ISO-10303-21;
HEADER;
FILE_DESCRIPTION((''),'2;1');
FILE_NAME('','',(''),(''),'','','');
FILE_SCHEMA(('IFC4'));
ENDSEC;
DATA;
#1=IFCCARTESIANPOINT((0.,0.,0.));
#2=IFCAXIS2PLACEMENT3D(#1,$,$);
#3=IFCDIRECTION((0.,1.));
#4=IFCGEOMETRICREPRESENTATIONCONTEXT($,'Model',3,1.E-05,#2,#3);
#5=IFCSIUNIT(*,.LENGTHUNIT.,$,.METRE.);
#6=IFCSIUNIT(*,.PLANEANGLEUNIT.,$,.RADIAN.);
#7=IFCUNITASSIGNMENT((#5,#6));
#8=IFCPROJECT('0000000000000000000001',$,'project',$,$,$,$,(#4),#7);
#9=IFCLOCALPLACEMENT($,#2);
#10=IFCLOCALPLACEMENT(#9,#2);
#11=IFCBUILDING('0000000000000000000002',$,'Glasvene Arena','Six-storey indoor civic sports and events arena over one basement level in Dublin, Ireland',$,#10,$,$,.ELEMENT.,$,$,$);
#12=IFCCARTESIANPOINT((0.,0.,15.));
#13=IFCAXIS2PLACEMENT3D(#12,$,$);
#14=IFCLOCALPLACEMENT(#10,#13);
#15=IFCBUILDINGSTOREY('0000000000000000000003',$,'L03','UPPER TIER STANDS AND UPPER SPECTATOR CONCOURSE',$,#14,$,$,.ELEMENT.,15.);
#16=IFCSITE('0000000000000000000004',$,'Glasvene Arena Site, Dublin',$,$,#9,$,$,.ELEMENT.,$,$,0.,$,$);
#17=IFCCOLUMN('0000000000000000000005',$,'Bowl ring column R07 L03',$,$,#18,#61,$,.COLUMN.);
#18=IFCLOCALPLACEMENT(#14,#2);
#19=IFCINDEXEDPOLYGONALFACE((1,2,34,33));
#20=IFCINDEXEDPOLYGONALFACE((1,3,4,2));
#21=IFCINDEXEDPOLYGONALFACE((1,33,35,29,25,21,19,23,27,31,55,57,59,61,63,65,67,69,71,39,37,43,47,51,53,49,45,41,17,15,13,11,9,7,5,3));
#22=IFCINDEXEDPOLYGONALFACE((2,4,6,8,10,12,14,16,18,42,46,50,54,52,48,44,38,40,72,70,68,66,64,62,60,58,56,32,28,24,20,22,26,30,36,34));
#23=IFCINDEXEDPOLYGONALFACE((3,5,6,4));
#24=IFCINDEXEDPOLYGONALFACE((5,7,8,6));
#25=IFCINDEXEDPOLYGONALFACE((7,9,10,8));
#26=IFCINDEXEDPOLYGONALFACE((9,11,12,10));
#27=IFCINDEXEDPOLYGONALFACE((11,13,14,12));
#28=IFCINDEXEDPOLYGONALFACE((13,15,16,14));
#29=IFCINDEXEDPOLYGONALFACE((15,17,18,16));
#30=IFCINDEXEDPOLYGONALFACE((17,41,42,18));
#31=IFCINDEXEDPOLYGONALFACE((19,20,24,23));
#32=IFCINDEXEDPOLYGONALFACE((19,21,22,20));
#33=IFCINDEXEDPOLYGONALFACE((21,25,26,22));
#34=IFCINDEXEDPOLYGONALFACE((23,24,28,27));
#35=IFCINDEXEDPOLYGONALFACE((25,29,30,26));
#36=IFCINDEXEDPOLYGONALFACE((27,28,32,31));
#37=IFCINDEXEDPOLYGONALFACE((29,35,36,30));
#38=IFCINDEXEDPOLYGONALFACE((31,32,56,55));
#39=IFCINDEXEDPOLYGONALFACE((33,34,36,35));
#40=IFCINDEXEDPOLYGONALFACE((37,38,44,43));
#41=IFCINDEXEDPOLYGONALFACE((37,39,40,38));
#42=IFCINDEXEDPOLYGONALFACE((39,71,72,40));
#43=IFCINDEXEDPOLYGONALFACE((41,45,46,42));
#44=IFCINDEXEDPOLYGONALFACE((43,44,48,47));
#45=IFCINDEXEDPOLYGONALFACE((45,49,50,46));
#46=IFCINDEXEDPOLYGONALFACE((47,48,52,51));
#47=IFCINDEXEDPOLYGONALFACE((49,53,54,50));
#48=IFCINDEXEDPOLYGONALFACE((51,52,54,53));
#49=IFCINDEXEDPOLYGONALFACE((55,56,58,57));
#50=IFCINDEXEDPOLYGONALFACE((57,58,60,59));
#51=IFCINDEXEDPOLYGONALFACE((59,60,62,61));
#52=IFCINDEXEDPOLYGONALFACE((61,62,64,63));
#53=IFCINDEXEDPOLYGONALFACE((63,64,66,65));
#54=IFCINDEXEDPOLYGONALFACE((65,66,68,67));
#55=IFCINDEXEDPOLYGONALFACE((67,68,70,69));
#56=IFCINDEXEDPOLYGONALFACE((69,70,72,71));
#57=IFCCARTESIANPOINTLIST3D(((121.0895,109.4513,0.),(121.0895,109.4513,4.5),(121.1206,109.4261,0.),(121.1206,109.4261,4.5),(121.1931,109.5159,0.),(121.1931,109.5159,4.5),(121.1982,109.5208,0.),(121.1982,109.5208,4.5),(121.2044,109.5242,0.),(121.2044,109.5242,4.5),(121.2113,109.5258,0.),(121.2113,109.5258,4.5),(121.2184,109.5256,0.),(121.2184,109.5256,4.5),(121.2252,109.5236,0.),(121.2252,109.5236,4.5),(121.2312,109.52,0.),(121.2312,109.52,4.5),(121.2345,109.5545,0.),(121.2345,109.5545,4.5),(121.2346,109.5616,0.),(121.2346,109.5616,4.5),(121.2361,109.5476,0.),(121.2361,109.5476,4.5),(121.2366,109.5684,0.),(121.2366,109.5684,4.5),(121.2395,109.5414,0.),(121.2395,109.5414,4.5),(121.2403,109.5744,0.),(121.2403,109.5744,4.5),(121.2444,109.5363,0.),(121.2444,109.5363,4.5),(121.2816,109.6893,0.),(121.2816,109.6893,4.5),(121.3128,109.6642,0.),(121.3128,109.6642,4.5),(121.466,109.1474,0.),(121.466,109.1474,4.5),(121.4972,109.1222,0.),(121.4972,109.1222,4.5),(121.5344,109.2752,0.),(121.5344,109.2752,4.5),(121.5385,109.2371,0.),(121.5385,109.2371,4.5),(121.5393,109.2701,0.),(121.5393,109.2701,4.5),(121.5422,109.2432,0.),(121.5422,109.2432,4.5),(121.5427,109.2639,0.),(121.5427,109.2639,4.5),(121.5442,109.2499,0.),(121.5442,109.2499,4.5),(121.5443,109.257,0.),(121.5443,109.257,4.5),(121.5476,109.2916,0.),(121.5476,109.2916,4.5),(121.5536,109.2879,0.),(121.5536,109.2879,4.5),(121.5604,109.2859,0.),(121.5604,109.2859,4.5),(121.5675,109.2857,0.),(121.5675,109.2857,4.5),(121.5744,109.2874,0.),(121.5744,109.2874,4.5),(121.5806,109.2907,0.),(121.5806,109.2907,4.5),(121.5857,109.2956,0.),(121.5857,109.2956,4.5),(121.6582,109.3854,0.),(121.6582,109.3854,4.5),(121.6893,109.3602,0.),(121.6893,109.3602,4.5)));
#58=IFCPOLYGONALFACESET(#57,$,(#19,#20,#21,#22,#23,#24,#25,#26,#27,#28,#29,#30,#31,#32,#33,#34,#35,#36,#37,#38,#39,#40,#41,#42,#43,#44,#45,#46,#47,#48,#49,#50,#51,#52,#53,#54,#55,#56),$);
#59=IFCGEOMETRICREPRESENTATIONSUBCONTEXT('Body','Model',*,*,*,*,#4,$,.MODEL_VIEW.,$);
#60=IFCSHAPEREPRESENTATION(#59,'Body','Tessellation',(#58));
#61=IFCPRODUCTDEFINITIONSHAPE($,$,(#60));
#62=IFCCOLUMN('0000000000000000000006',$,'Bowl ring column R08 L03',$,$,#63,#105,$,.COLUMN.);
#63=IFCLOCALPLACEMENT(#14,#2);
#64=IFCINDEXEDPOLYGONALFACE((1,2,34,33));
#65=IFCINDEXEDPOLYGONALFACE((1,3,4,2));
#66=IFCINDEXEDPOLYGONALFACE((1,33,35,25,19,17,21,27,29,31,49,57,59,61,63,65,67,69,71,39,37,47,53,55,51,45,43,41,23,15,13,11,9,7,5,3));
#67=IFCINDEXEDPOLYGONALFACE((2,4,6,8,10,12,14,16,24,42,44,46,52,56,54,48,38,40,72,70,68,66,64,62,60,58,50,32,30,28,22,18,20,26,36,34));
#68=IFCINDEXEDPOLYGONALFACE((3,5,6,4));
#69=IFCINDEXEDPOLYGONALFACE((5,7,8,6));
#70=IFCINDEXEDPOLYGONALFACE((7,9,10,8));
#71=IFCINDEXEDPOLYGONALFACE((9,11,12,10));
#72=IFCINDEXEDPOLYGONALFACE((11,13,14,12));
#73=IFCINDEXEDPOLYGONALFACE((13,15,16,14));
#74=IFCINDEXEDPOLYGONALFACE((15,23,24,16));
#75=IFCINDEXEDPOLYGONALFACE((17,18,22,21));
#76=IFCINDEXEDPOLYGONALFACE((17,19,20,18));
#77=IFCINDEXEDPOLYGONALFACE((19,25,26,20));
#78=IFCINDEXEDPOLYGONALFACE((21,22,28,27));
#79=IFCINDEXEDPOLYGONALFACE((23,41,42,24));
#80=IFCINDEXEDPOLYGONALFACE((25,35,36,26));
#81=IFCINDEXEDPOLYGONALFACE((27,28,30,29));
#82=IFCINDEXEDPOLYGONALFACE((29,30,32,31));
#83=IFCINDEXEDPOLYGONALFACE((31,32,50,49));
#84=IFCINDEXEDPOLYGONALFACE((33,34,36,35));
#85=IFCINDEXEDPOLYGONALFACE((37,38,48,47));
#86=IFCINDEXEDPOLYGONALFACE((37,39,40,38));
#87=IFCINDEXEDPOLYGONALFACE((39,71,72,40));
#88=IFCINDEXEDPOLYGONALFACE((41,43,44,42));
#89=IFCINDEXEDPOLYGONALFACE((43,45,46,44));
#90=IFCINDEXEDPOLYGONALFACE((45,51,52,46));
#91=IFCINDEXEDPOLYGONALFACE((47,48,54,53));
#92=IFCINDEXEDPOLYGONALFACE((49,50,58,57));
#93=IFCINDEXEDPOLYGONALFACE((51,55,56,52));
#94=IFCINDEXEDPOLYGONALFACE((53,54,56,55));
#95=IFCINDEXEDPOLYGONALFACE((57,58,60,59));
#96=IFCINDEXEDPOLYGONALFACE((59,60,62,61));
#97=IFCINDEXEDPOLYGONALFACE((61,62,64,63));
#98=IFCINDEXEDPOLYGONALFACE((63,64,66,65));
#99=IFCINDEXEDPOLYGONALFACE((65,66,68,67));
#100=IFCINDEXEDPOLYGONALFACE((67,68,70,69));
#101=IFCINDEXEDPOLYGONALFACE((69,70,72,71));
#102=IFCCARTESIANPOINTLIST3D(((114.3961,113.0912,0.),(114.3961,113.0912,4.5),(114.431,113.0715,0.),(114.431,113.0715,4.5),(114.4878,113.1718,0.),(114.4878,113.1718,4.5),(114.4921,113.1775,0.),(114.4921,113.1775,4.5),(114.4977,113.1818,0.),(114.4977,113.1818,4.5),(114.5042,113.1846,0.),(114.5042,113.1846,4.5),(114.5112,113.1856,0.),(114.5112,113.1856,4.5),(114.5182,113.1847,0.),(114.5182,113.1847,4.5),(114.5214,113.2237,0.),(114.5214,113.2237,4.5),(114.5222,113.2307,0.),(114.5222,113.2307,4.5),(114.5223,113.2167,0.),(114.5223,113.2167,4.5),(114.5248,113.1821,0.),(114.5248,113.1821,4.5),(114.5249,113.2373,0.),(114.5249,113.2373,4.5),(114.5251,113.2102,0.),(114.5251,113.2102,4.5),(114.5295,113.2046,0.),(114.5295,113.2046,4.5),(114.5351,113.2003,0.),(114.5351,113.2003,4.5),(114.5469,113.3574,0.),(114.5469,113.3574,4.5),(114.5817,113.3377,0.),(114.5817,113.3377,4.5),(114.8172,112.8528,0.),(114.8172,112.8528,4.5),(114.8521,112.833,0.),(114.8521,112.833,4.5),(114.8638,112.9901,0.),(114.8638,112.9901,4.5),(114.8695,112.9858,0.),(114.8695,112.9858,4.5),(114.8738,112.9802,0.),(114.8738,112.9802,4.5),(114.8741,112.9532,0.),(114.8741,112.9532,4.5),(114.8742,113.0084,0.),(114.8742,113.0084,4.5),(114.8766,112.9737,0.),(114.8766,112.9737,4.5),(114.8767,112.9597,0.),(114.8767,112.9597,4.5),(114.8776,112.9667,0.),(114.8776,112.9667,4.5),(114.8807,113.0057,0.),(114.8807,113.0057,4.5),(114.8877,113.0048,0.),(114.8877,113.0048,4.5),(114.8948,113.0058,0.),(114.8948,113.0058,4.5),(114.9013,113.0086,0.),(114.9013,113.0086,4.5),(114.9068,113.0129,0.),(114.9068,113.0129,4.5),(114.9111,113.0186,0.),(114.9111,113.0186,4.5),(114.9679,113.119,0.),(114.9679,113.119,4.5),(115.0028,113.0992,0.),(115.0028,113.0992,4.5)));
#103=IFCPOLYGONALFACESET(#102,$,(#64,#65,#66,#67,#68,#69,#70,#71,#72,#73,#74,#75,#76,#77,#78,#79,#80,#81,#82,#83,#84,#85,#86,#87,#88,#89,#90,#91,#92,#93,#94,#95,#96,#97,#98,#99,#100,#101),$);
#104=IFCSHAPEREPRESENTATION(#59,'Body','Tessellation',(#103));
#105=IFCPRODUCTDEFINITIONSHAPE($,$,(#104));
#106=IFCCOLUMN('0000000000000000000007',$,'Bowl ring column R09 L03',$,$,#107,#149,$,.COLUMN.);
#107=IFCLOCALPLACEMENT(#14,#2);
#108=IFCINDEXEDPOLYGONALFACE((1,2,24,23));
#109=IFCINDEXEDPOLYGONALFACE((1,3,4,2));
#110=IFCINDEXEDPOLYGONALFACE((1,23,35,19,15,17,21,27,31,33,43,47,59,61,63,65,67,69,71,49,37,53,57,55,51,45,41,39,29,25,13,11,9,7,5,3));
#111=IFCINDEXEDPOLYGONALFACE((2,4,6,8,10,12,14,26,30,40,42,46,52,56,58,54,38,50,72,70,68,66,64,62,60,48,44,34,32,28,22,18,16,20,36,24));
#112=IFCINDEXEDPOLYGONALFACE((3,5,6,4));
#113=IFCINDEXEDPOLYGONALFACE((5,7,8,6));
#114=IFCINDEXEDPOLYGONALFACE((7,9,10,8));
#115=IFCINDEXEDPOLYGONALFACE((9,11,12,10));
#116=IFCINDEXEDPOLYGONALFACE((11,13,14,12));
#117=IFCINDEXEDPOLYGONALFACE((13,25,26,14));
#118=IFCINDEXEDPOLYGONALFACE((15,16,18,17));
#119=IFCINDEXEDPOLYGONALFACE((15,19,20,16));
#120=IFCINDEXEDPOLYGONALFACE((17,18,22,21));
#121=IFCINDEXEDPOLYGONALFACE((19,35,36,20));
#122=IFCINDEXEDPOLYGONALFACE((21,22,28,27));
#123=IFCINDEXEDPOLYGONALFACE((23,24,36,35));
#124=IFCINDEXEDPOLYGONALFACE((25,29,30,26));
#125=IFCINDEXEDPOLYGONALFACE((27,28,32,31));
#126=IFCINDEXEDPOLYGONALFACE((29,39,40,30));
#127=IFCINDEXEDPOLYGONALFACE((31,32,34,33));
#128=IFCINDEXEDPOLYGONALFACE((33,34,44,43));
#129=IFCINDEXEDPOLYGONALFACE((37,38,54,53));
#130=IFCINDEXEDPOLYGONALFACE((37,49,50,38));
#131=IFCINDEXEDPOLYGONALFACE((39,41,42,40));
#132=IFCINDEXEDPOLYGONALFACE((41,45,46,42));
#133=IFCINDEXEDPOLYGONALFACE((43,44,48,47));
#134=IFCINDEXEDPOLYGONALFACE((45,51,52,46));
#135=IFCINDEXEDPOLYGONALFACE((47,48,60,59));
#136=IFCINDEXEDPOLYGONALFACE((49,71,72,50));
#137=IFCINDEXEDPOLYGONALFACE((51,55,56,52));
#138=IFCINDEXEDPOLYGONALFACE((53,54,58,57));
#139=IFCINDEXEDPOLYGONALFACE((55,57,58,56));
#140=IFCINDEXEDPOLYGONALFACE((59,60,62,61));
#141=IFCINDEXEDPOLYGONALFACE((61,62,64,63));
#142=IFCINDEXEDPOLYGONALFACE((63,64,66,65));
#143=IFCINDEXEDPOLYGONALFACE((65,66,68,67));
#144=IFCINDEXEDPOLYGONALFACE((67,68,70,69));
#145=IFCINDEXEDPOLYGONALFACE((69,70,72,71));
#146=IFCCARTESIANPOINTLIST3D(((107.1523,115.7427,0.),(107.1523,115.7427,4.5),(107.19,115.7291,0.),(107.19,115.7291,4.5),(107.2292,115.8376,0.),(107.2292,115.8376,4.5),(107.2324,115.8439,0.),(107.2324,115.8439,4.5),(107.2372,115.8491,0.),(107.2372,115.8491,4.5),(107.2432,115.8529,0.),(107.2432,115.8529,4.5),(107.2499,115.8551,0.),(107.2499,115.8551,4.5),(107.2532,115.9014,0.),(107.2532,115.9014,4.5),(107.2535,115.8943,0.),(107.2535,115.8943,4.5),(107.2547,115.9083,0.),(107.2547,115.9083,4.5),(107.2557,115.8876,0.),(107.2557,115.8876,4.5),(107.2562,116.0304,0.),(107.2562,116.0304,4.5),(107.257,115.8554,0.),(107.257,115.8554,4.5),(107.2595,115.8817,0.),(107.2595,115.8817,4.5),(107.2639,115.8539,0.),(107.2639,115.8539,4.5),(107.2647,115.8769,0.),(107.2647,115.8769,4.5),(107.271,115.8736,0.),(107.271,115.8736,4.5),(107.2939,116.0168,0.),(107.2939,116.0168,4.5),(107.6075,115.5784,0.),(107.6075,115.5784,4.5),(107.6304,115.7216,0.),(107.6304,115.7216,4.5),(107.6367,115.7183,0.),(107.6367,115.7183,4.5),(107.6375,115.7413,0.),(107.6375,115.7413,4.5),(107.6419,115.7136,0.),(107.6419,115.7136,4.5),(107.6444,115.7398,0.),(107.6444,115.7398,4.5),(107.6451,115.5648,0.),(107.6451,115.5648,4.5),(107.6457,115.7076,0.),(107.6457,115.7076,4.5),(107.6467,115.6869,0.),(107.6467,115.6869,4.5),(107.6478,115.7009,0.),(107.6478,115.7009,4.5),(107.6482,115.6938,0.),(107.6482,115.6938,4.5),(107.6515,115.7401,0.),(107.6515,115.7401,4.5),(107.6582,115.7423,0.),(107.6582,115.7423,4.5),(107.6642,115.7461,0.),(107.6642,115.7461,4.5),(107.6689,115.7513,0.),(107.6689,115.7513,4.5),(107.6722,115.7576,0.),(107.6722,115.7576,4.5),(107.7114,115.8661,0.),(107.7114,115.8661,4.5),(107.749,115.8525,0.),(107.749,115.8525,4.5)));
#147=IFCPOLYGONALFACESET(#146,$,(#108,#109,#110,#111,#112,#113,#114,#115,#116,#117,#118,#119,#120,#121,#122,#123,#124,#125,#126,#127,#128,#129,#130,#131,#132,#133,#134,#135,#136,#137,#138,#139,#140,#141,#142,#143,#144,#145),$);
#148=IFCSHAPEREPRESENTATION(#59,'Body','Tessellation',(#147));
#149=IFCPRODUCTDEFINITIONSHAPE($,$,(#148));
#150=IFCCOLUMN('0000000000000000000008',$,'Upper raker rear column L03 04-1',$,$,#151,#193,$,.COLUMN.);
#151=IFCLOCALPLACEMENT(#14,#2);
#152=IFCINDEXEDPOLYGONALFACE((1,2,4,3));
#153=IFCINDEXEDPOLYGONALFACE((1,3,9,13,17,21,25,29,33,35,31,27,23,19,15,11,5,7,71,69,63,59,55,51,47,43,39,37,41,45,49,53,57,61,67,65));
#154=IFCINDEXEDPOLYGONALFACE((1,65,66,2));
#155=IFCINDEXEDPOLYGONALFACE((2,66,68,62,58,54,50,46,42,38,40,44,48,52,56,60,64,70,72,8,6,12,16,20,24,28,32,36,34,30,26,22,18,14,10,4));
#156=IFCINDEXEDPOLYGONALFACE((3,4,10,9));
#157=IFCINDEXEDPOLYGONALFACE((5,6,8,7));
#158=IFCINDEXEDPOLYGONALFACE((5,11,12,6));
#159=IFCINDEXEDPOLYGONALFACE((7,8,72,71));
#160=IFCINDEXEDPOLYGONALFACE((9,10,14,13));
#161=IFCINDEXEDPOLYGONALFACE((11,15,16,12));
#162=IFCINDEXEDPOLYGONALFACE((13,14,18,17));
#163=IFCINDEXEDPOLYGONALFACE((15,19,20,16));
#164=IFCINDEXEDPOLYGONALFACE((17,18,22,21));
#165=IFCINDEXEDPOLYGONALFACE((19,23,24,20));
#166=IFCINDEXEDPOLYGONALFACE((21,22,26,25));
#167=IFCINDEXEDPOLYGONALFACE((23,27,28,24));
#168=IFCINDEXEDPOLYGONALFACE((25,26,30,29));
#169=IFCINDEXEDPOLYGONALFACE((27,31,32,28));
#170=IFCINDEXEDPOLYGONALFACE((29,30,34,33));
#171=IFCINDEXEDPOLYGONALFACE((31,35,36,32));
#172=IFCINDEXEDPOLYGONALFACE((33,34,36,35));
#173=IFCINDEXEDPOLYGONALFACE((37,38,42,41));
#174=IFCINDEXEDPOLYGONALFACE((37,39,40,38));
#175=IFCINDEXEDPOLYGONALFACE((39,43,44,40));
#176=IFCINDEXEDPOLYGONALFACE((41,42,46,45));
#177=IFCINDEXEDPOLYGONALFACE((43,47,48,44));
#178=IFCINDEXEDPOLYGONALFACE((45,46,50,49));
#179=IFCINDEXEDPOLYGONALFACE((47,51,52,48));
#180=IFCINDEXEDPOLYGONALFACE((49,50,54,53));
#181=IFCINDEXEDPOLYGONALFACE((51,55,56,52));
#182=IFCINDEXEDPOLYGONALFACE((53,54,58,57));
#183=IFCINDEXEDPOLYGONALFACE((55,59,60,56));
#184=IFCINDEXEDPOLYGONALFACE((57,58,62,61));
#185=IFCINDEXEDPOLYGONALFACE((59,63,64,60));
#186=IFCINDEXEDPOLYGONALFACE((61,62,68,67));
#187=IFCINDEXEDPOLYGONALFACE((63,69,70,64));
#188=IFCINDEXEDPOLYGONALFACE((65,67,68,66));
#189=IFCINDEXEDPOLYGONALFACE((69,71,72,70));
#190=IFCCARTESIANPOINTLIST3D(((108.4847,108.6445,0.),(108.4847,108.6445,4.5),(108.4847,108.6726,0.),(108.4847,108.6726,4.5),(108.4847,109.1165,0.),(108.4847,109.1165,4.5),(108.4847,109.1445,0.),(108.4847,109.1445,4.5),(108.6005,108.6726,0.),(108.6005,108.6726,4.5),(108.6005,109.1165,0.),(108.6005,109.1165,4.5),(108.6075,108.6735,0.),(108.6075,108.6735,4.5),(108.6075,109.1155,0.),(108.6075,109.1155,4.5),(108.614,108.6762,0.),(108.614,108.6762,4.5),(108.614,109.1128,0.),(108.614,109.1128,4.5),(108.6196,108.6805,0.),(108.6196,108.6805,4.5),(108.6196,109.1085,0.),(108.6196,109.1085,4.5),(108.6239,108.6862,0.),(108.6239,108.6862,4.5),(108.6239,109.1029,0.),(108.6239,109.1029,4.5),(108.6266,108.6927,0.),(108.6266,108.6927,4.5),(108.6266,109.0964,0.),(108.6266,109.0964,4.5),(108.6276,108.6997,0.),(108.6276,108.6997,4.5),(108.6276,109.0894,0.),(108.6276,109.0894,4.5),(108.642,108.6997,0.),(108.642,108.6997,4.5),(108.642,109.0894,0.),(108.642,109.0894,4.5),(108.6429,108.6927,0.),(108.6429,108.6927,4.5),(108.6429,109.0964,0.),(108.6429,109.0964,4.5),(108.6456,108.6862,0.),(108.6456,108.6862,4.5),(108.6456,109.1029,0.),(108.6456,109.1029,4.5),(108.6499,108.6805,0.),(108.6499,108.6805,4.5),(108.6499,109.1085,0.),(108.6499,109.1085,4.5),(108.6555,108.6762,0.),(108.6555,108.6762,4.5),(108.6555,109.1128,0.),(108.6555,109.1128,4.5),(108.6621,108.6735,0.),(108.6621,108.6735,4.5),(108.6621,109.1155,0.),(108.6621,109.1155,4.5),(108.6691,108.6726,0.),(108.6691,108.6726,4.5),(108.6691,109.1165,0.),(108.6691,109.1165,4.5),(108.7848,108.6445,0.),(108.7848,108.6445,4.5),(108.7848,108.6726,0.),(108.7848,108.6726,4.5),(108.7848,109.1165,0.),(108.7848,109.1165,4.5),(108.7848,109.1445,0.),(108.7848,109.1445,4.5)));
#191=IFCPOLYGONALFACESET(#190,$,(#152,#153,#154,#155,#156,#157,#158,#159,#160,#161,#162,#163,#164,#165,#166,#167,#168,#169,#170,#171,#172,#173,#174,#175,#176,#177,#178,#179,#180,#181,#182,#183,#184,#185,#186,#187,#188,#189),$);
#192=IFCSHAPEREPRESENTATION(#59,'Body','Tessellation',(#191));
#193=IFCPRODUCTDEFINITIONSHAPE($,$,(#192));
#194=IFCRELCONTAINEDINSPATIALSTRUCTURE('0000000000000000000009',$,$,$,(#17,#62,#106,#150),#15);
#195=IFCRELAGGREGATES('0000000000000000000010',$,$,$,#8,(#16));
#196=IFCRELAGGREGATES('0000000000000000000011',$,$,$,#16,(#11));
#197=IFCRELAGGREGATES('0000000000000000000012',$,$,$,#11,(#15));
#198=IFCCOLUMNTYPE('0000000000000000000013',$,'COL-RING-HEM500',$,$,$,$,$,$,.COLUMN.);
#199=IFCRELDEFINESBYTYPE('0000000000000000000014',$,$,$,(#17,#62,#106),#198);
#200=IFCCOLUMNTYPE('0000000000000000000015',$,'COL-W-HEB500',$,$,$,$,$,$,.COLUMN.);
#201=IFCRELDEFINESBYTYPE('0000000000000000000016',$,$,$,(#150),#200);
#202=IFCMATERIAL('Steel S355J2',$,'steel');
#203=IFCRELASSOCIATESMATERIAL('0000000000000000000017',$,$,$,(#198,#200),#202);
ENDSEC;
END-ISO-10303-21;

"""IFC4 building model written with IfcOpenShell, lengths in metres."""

from ifc_helpers import new_model, si_unit, direction, frame, origin, origin_2d, place, context, subcontext, project, spatial, i_section, extrude, material, material_profile, profile_set, type_object, element, save


model = new_model("IFC4")

# Units and contexts
model_context = context("Model", 3, precision=1e-05, world=origin(), true_north=direction((0.0, 1.0)))
body_context = subcontext(model_context, "Body", "Model", "MODEL_VIEW")
ifc_project = project(units=[si_unit("LENGTHUNIT", "METRE"), si_unit("PLANEANGLEUNIT", "RADIAN")], contexts=[model_context])

# Site, building, storey
site_placement = place(None, origin())
site = spatial("IfcSite", under=ifc_project, at=site_placement, Name="Glasvene Arena Site, Dublin", CompositionType="ELEMENT", RefElevation=0.0)
building_placement = place(site_placement, origin())
building = spatial("IfcBuilding", under=site, at=building_placement, Name="Glasvene Arena", Description="Six-storey indoor civic sports and events arena over one basement level in Dublin, Ireland", CompositionType="ELEMENT")
storey_placement = place(building_placement, frame((0.0, 0.0, 15.0)))
storey = spatial("IfcBuildingStorey", under=building, at=storey_placement, Name="L03", Description="UPPER TIER STANDS AND UPPER SPECTATOR CONCOURSE", CompositionType="ELEMENT", Elevation=15.0)

# Columns
ifc_material_1 = material(Name="Steel S355J2", Category="steel")
ifc_material_profile_1 = material_profile(ifc_material_1, i_section(OverallWidth=0.3059, OverallDepth=0.5239, WebThickness=0.021, FlangeThickness=0.04, FilletRadius=0.0271, at=origin_2d()), Name="HEM 500")
ifc_profile_set_1 = profile_set([ifc_material_profile_1], Name="Steel S355J2")
column_type_1 = type_object("IfcColumnType", Name="COL-RING-HEM500", PredefinedType="COLUMN", material=ifc_profile_set_1)
for number, where, z_axis, x_axis, name in (
    (1, (121.3894, 109.4058, 0.0), (0.0, 0.0, 1.0), (0.628099, 0.778134, 0.0), "Bowl ring column R07 L03"),
    (2, (114.6995, 113.0952, 0.0), (0.0, 0.0, 1.0), (0.492727, 0.870184, 0.0), "Bowl ring column R08 L03"),
    (3, (107.4507, 115.7976, 0.0), (0.0, 0.0, 1.0), (0.339559, 0.940585, 0.0), "Bowl ring column R09 L03"),
):
    element("IfcColumn", number, at=place(storey_placement, frame(where, z_axis=z_axis, x_axis=x_axis)), inside=storey, type_object=column_type_1, Name=name, PredefinedType="COLUMN", context=body_context, shape_type="SweptSolid", body=[
        extrude(i_section(OverallWidth=0.3059, OverallDepth=0.5239, WebThickness=0.021, FlangeThickness=0.04, FilletRadius=0.0271, at=origin_2d()), origin(), (0.0, 0.0, 1.0), 4.5),
    ])
ifc_material_profile_2 = material_profile(ifc_material_1, i_section(OverallWidth=0.3, OverallDepth=0.5, WebThickness=0.0144, FlangeThickness=0.0281, FilletRadius=0.0271, at=origin_2d()), Name="HEB 500")
ifc_profile_set_2 = profile_set([ifc_material_profile_2], Name="Steel S355J2")
column_type_2 = type_object("IfcColumnType", Name="COL-W-HEB500", PredefinedType="COLUMN", material=ifc_profile_set_2)
for number, where, z_axis, x_axis, name in (
    (4, (108.6348, 108.8945, 0.0), (0.0, 0.0, 1.0), (1.0, 0.0, 0.0), "Upper raker rear column L03 04-1"),
):
    element("IfcColumn", number, at=place(storey_placement, frame(where, z_axis=z_axis, x_axis=x_axis)), inside=storey, type_object=column_type_2, Name=name, PredefinedType="COLUMN", context=body_context, shape_type="SweptSolid", body=[
        extrude(i_section(OverallWidth=0.3, OverallDepth=0.5, WebThickness=0.0144, FlangeThickness=0.0281, FilletRadius=0.0271, at=origin_2d()), origin(), (0.0, 0.0, 1.0), 4.5),
    ])

save(model, "model.ifc")
